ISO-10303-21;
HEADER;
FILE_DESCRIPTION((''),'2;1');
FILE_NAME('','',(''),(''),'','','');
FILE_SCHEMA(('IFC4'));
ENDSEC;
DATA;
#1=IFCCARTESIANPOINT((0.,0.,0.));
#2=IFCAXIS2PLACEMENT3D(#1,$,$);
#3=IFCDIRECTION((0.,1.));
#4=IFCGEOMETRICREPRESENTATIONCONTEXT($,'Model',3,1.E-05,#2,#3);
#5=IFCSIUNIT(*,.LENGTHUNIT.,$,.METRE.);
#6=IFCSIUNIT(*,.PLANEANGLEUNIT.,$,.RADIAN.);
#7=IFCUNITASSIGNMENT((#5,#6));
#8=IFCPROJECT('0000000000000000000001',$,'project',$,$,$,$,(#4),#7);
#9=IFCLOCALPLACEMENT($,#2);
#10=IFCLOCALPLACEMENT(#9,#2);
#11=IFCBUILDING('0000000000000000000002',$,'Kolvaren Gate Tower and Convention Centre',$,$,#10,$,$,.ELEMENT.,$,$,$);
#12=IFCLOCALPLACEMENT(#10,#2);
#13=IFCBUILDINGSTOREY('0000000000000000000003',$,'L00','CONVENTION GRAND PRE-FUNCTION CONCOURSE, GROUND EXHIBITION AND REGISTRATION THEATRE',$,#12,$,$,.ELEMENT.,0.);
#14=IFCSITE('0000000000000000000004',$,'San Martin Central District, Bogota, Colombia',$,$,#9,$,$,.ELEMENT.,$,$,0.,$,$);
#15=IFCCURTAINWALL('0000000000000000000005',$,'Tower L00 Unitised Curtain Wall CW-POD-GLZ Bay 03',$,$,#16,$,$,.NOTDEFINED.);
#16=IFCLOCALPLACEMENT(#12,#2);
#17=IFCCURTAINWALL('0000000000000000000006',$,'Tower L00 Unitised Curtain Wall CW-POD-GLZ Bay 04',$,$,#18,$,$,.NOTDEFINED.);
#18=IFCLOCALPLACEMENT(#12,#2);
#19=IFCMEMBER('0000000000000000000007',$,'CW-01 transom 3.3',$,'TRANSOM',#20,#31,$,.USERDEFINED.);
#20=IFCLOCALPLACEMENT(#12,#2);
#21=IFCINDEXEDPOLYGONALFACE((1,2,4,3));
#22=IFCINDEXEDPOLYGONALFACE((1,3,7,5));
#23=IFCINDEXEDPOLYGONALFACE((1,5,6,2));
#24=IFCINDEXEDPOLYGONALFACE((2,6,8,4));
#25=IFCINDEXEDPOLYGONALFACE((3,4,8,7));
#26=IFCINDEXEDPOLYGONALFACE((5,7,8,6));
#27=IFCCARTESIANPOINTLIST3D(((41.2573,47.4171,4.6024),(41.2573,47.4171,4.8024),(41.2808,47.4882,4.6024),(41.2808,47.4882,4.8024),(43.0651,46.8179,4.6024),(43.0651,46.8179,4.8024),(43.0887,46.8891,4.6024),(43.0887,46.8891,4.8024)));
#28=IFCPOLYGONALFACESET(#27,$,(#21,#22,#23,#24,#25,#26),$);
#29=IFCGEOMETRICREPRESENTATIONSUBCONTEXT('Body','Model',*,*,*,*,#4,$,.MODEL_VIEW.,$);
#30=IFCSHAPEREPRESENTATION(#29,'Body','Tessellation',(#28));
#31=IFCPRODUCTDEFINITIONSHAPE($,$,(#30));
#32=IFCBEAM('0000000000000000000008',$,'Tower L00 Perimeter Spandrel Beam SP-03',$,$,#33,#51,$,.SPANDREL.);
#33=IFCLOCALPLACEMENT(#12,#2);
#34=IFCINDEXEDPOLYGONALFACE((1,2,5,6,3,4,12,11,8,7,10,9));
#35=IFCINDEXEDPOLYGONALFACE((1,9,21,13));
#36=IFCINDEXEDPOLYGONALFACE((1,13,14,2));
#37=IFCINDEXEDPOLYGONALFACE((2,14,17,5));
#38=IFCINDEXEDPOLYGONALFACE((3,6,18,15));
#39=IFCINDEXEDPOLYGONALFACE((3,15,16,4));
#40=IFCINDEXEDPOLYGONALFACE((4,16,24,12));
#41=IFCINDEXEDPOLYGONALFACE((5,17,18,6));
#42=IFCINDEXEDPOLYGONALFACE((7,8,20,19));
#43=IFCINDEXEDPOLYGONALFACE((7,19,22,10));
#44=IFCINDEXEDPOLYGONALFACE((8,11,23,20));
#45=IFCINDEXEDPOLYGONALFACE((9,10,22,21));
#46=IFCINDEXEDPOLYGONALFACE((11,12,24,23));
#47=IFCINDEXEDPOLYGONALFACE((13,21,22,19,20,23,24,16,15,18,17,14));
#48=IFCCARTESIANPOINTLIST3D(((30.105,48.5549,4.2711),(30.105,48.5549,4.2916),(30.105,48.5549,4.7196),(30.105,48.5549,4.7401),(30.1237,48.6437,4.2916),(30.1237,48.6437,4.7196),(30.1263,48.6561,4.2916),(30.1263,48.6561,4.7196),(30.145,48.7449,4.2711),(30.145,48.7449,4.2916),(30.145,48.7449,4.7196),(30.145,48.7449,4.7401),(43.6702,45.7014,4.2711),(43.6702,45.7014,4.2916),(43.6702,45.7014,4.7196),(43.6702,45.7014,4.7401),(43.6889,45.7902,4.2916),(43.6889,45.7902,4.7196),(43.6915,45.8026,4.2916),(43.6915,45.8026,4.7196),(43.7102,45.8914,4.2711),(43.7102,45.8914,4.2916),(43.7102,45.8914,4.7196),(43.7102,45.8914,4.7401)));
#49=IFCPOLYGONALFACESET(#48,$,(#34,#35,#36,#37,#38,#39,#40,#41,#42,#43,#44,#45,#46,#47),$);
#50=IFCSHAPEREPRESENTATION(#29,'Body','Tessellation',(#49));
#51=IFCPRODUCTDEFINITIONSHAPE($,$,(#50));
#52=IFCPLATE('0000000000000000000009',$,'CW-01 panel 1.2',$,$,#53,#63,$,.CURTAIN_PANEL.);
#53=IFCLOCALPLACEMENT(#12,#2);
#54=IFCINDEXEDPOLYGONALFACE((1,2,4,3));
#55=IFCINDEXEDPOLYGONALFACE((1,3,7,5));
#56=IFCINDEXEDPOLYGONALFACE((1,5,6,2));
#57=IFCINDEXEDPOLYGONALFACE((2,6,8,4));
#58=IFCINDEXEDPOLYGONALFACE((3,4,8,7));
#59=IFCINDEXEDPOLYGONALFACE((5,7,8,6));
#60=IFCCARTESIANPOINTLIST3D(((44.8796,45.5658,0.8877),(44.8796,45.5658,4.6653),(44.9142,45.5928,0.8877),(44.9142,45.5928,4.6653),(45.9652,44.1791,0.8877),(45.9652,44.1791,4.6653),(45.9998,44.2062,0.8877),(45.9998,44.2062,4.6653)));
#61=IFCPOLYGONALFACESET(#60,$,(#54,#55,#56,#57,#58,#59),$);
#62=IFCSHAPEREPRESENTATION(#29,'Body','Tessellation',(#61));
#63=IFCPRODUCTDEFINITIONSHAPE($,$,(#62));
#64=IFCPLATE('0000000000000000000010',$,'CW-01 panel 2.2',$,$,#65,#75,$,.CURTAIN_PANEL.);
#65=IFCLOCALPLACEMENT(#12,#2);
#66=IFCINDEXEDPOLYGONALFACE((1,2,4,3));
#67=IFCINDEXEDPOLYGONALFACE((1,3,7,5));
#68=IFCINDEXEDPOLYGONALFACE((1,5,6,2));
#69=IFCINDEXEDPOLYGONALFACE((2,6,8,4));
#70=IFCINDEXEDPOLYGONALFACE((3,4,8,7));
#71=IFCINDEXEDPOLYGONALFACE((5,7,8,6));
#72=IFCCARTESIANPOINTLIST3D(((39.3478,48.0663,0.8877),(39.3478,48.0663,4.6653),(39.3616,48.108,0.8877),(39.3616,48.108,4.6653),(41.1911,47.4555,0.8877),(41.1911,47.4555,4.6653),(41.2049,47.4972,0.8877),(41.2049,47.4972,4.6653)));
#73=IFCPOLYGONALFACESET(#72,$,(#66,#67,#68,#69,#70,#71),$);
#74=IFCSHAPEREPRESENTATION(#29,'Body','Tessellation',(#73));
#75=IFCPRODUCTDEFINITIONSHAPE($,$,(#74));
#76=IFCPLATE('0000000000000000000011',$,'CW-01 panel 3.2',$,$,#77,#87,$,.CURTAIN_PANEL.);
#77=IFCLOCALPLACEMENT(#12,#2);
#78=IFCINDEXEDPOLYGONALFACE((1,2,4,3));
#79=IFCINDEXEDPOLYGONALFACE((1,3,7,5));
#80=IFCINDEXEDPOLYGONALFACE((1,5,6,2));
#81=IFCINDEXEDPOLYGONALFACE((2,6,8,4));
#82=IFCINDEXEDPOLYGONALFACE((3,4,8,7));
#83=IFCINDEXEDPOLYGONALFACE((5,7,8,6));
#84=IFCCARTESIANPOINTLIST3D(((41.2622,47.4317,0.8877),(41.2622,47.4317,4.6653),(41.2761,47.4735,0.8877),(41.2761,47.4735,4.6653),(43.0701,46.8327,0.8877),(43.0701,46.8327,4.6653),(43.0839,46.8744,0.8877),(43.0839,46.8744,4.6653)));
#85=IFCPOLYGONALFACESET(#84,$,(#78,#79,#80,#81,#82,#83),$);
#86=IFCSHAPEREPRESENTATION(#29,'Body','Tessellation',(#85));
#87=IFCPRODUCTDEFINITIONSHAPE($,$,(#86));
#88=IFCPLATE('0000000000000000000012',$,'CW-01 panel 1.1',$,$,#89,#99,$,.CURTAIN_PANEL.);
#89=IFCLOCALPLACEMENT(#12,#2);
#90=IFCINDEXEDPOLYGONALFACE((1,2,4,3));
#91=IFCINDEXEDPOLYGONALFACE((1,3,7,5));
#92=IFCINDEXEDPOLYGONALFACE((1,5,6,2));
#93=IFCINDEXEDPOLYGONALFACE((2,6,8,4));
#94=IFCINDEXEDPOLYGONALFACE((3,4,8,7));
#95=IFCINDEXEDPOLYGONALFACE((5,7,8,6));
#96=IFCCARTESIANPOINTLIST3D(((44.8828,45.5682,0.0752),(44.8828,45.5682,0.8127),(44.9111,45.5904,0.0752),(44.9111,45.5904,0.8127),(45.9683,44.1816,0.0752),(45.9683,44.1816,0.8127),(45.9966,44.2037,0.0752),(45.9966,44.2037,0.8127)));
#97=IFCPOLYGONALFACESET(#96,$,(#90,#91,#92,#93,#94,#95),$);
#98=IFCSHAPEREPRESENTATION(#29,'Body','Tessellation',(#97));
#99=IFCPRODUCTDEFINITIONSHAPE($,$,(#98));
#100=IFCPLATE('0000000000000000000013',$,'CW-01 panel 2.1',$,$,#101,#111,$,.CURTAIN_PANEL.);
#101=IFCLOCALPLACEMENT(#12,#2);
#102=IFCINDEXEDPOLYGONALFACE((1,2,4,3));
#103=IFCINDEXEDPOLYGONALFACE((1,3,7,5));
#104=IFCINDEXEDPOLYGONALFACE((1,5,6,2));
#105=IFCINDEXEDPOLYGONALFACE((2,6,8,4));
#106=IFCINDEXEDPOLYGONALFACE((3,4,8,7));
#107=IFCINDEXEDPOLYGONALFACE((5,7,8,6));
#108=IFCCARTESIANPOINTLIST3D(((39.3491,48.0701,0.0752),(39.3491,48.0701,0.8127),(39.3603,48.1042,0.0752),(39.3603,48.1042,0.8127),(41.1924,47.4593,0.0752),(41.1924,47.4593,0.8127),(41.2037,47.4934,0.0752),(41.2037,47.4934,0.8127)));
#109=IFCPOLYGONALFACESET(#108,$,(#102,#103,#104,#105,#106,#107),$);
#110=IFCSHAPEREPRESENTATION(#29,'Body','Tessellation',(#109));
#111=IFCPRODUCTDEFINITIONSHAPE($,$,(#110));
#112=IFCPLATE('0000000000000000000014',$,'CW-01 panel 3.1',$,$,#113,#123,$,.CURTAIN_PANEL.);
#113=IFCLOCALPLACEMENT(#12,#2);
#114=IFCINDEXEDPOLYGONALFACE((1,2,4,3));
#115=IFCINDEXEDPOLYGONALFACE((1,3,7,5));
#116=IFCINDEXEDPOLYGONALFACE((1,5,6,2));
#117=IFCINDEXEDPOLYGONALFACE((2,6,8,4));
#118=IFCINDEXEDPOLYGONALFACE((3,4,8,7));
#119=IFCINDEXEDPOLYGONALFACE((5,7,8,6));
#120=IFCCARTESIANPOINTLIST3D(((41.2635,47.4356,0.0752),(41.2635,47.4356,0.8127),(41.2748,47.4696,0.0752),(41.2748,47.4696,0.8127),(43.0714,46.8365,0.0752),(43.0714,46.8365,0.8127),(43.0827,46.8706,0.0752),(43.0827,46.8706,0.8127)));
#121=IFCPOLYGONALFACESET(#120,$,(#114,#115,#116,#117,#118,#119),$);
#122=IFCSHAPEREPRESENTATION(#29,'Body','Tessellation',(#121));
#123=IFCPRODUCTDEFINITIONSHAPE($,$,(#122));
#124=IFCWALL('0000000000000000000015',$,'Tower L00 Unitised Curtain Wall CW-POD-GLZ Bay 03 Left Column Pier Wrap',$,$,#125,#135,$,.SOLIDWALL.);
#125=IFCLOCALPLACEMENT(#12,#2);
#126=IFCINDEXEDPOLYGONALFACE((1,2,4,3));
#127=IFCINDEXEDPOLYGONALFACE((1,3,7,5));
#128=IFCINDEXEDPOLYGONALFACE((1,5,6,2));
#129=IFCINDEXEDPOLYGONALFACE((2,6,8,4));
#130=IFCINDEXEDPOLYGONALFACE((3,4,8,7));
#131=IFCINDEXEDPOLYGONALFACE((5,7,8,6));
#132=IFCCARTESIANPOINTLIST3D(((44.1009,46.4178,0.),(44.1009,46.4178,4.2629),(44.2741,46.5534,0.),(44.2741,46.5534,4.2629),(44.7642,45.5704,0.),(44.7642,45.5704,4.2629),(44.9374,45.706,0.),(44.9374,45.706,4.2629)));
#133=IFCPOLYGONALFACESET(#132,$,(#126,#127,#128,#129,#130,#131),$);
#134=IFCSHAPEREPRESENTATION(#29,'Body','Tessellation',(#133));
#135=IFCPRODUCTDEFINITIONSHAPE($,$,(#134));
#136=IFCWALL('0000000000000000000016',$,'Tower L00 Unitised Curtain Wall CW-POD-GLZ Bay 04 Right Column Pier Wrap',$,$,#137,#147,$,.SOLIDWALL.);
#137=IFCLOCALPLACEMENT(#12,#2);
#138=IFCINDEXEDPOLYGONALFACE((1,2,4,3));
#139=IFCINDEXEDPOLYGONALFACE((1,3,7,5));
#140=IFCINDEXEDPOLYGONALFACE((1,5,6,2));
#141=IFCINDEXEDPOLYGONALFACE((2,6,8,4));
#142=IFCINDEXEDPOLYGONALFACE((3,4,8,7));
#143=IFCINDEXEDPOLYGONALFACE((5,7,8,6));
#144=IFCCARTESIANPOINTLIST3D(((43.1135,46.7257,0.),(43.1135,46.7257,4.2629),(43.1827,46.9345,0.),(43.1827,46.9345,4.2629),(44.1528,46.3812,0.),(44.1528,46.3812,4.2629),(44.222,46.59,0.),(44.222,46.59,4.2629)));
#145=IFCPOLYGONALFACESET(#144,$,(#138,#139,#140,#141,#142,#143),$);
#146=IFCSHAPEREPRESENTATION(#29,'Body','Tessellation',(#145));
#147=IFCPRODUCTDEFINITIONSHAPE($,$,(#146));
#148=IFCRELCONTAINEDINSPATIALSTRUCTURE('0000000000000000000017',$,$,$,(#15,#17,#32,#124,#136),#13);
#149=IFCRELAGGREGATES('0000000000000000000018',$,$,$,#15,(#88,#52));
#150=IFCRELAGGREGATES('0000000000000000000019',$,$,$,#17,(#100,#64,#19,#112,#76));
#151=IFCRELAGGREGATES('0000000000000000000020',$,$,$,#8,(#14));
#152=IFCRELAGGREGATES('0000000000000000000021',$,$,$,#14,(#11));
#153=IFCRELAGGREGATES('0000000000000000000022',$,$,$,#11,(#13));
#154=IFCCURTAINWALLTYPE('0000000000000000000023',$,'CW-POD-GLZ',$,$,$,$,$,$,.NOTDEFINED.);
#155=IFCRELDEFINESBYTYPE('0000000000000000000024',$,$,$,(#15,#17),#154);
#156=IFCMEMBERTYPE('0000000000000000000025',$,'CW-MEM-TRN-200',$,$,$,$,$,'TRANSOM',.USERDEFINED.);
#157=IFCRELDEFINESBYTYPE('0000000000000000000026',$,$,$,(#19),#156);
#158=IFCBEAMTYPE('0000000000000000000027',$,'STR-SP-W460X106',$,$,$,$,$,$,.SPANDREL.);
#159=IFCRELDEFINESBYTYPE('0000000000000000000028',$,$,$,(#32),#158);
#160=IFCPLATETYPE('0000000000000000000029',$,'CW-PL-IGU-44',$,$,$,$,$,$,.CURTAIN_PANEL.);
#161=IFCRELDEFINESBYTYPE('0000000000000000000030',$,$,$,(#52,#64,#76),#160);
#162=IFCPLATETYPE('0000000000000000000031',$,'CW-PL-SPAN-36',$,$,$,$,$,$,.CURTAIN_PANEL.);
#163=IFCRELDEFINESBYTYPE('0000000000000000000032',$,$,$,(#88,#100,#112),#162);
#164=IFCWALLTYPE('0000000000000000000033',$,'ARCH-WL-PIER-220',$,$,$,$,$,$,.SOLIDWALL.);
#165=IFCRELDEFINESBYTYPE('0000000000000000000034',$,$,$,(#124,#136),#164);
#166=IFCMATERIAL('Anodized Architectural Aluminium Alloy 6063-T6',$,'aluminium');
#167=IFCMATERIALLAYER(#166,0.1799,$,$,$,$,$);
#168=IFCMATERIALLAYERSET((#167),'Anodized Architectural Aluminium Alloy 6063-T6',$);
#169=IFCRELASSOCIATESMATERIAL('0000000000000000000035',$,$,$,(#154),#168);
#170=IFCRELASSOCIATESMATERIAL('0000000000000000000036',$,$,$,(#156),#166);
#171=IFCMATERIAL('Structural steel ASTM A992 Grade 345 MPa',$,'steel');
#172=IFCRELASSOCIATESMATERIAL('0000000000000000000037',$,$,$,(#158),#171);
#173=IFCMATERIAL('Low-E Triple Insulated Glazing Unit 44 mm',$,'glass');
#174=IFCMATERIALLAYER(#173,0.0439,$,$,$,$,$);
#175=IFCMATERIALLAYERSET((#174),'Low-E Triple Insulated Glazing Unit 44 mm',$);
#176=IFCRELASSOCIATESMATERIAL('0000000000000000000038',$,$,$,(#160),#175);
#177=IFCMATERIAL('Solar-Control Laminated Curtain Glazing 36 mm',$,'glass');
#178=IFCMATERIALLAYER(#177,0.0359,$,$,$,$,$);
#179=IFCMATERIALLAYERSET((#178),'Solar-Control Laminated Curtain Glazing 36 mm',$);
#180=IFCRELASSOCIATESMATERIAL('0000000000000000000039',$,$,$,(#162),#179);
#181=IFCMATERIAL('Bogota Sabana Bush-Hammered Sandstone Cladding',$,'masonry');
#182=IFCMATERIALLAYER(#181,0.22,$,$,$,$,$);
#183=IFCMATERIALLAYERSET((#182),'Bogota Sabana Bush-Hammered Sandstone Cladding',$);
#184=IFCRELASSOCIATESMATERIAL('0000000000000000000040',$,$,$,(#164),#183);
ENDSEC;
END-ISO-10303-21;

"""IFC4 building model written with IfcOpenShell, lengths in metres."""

from ifc_helpers import new_model, si_unit, direction, frame, frame_2d, origin, origin_2d, place, context, subcontext, project, spatial, rectangle, i_section, extrude, material, layer, layer_set, material_profile, profile_set, type_object, element, aggregate, save


model = new_model("IFC4")

# Units and contexts
model_context = context("Model", 3, precision=1e-05, world=origin(), true_north=direction((0.0, 1.0)))
body_context = subcontext(model_context, "Body", "Model", "MODEL_VIEW")
ifc_project = project(units=[si_unit("LENGTHUNIT", "METRE"), si_unit("PLANEANGLEUNIT", "RADIAN")], contexts=[model_context])

# Site, building, storey
site_placement = place(None, origin())
site = spatial("IfcSite", under=ifc_project, at=site_placement, Name="San Martin Central District, Bogota, Colombia", CompositionType="ELEMENT", RefElevation=0.0)
building_placement = place(site_placement, origin())
building = spatial("IfcBuilding", under=site, at=building_placement, Name="Kolvaren Gate Tower and Convention Centre", CompositionType="ELEMENT")
storey_placement = place(building_placement, origin())
storey = spatial("IfcBuildingStorey", under=building, at=storey_placement, Name="L00", Description="CONVENTION GRAND PRE-FUNCTION CONCOURSE, GROUND EXHIBITION AND REGISTRATION THEATRE", CompositionType="ELEMENT", Elevation=0.0)

# Curtain walls
ifc_material_1 = material(Name="Anodized Architectural Aluminium Alloy 6063-T6", Category="aluminium")
ifc_layer_1 = layer(ifc_material_1, 0.1799)
ifc_layer_set_1 = layer_set([ifc_layer_1], Name="Anodized Architectural Aluminium Alloy 6063-T6")
curtain_wall_type = type_object("IfcCurtainWallType", Name="CW-POD-GLZ", PredefinedType="NOTDEFINED", material=ifc_layer_set_1)
curtain_wall_1_placement = place(storey_placement, origin())
curtain_wall_1 = element("IfcCurtainWall", 1, at=curtain_wall_1_placement, inside=storey, type_object=curtain_wall_type, Name="Tower L00 Unitised Curtain Wall CW-POD-GLZ Bay 03", PredefinedType="NOTDEFINED")
curtain_wall_2_placement = place(storey_placement, origin())
curtain_wall_2 = element("IfcCurtainWall", 2, at=curtain_wall_2_placement, inside=storey, type_object=curtain_wall_type, Name="Tower L00 Unitised Curtain Wall CW-POD-GLZ Bay 04", PredefinedType="NOTDEFINED")

# Member
ifc_material_profile_1 = material_profile(ifc_material_1, rectangle(XDim=0.075, YDim=0.2, at=origin_2d()), Name="CW-MEM-TRN-200")
ifc_profile_set_1 = profile_set([ifc_material_profile_1], Name="Anodized Architectural Aluminium Alloy 6063-T6")
member_type_1 = type_object("IfcMemberType", Name="CW-MEM-TRN-200", ElementType="TRANSOM", PredefinedType="USERDEFINED", material=ifc_profile_set_1)
member_1_placement = place(storey_placement, frame((41.269, 47.4526, 4.7024), z_axis=(0.949233, -0.314574, 0.0), x_axis=(0.314574, 0.949233, 0.0)))
member_1 = element("IfcMember", 3, at=member_1_placement, type_object=member_type_1, Name="CW-01 transom 3.3", ObjectType="TRANSOM", PredefinedType="USERDEFINED", context=body_context, shape_type="SweptSolid", body=[
    extrude(rectangle(XDim=0.075, YDim=0.2, at=origin_2d()), origin(), (0.0, 0.0, 1.0), 1.9045),
])

# Beam
ifc_material_2 = material(Name="Structural steel ASTM A992 Grade 345 MPa", Category="steel")
ifc_material_profile_2 = material_profile(ifc_material_2, i_section(OverallWidth=0.1941, OverallDepth=0.469, WebThickness=0.0127, FlangeThickness=0.0205, at=origin_2d()), Name="W460X106")
ifc_profile_set_2 = profile_set([ifc_material_profile_2], Name="Structural steel ASTM A992 Grade 345 MPa")
beam_type = type_object("IfcBeamType", Name="STR-SP-W460X106", PredefinedType="SPANDREL", material=ifc_profile_set_2)
beam_placement = place(storey_placement, frame((43.6902, 45.7964, 4.5056), z_axis=(-0.978583, 0.205851, 0.0), x_axis=(-0.205851, -0.978583, 0.0)))
element("IfcBeam", 4, at=beam_placement, inside=storey, type_object=beam_type, Name="Tower L00 Perimeter Spandrel Beam SP-03", PredefinedType="SPANDREL", context=body_context, shape_type="SweptSolid", body=[
    extrude(i_section(OverallWidth=0.1941, OverallDepth=0.469, WebThickness=0.0127, FlangeThickness=0.0205, at=origin_2d()), origin(), (0.0, 0.0, 1.0), 13.8621),
])

# Plates
ifc_material_3 = material(Name="Low-E Triple Insulated Glazing Unit 44 mm", Category="glass")
ifc_layer_2 = layer(ifc_material_3, 0.0439)
ifc_layer_set_2 = layer_set([ifc_layer_2], Name="Low-E Triple Insulated Glazing Unit 44 mm")
plate_type_1 = type_object("IfcPlateType", Name="CW-PL-IGU-44", PredefinedType="CURTAIN_PANEL", material=ifc_layer_set_2)
plate_1_placement = place(storey_placement, frame((45.4397, 44.886, 0.8877), z_axis=(0.0, 0.0, 1.0), x_axis=(0.616426, -0.787413, 0.0)))
plate_1 = element("IfcPlate", 5, at=plate_1_placement, type_object=plate_type_1, Name="CW-01 panel 1.2", PredefinedType="CURTAIN_PANEL", context=body_context, shape_type="SweptSolid", body=[
    extrude(rectangle(XDim=1.761, YDim=0.0439, at=origin_2d()), origin(), (0.0, 0.0, 1.0), 3.7776),
])
plate_2_placement = place(storey_placement, frame((40.2764, 47.7817, 0.8877), z_axis=(0.0, 0.0, 1.0), x_axis=(0.949244, -0.314542, 0.0)))
plate_2 = element("IfcPlate", 6, at=plate_2_placement, type_object=plate_type_1, Name="CW-01 panel 2.2", PredefinedType="CURTAIN_PANEL", context=body_context, shape_type="SweptSolid", body=[
    extrude(rectangle(XDim=1.9419, YDim=0.0439, at=origin_2d()), origin(), (0.0, 0.0, 1.0), 3.7776),
])
plate_3_placement = place(storey_placement, frame((42.1731, 47.1531, 0.8877), z_axis=(0.0, 0.0, 1.0), x_axis=(0.949244, -0.314542, 0.0)))
plate_3 = element("IfcPlate", 7, at=plate_3_placement, type_object=plate_type_1, Name="CW-01 panel 3.2", PredefinedType="CURTAIN_PANEL", context=body_context, shape_type="SweptSolid", body=[
    extrude(rectangle(XDim=1.9045, YDim=0.0439, at=origin_2d()), origin(), (0.0, 0.0, 1.0), 3.7776),
])
ifc_material_4 = material(Name="Solar-Control Laminated Curtain Glazing 36 mm", Category="glass")
ifc_layer_3 = layer(ifc_material_4, 0.0359)
ifc_layer_set_3 = layer_set([ifc_layer_3], Name="Solar-Control Laminated Curtain Glazing 36 mm")
plate_type_2 = type_object("IfcPlateType", Name="CW-PL-SPAN-36", PredefinedType="CURTAIN_PANEL", material=ifc_layer_set_3)
plate_4_placement = place(storey_placement, frame((45.4397, 44.886, 0.0752), z_axis=(0.0, 0.0, 1.0), x_axis=(0.616426, -0.787413, 0.0)))
plate_4 = element("IfcPlate", 8, at=plate_4_placement, type_object=plate_type_2, Name="CW-01 panel 1.1", PredefinedType="CURTAIN_PANEL", context=body_context, shape_type="SweptSolid", body=[
    extrude(rectangle(XDim=1.761, YDim=0.0359, at=origin_2d()), origin(), (0.0, 0.0, 1.0), 0.7375),
])
aggregate(curtain_wall_1, [plate_4, plate_1])
plate_5_placement = place(storey_placement, frame((40.2764, 47.7817, 0.0752), z_axis=(0.0, 0.0, 1.0), x_axis=(0.949244, -0.314542, 0.0)))
plate_5 = element("IfcPlate", 9, at=plate_5_placement, type_object=plate_type_2, Name="CW-01 panel 2.1", PredefinedType="CURTAIN_PANEL", context=body_context, shape_type="SweptSolid", body=[
    extrude(rectangle(XDim=1.9419, YDim=0.0359, at=origin_2d()), origin(), (0.0, 0.0, 1.0), 0.7375),
])
plate_6_placement = place(storey_placement, frame((42.1731, 47.1531, 0.0752), z_axis=(0.0, 0.0, 1.0), x_axis=(0.949244, -0.314542, 0.0)))
plate_6 = element("IfcPlate", 10, at=plate_6_placement, type_object=plate_type_2, Name="CW-01 panel 3.1", PredefinedType="CURTAIN_PANEL", context=body_context, shape_type="SweptSolid", body=[
    extrude(rectangle(XDim=1.9045, YDim=0.0359, at=origin_2d()), origin(), (0.0, 0.0, 1.0), 0.7375),
])
aggregate(curtain_wall_2, [plate_5, plate_2, member_1, plate_6, plate_3])

# Walls
ifc_material_5 = material(Name="Bogota Sabana Bush-Hammered Sandstone Cladding", Category="masonry")
ifc_layer_4 = layer(ifc_material_5, 0.22)
ifc_layer_set_4 = layer_set([ifc_layer_4], Name="Bogota Sabana Bush-Hammered Sandstone Cladding")
wall_type = type_object("IfcWallType", Name="ARCH-WL-PIER-220", PredefinedType="SOLIDWALL", material=ifc_layer_set_4)
wall_1_placement = place(storey_placement, frame((44.1875, 46.4856, 0.0), z_axis=(0.0, 0.0, 1.0), x_axis=(0.616388, -0.787443, 0.0)))
element("IfcWall", 11, at=wall_1_placement, inside=storey, type_object=wall_type, Name="Tower L00 Unitised Curtain Wall CW-POD-GLZ Bay 03 Left Column Pier Wrap", PredefinedType="SOLIDWALL", context=body_context, shape_type="SweptSolid", body=[
    extrude(rectangle(XDim=1.0762, YDim=0.22, at=frame_2d((0.5381, 0.0))), origin(), (0.0, 0.0, 1.0), 4.2629),
])
wall_2_placement = place(storey_placement, frame((43.1482, 46.8301, 0.0), z_axis=(0.0, 0.0, 1.0), x_axis=(0.949217, -0.314622, 0.0)))
element("IfcWall", 12, at=wall_2_placement, inside=storey, type_object=wall_type, Name="Tower L00 Unitised Curtain Wall CW-POD-GLZ Bay 04 Right Column Pier Wrap", PredefinedType="SOLIDWALL", context=body_context, shape_type="SweptSolid", body=[
    extrude(rectangle(XDim=1.095, YDim=0.22, at=frame_2d((0.5474, 0.0))), origin(), (0.0, 0.0, 1.0), 4.2629),
])

save(model, "model.ifc")
